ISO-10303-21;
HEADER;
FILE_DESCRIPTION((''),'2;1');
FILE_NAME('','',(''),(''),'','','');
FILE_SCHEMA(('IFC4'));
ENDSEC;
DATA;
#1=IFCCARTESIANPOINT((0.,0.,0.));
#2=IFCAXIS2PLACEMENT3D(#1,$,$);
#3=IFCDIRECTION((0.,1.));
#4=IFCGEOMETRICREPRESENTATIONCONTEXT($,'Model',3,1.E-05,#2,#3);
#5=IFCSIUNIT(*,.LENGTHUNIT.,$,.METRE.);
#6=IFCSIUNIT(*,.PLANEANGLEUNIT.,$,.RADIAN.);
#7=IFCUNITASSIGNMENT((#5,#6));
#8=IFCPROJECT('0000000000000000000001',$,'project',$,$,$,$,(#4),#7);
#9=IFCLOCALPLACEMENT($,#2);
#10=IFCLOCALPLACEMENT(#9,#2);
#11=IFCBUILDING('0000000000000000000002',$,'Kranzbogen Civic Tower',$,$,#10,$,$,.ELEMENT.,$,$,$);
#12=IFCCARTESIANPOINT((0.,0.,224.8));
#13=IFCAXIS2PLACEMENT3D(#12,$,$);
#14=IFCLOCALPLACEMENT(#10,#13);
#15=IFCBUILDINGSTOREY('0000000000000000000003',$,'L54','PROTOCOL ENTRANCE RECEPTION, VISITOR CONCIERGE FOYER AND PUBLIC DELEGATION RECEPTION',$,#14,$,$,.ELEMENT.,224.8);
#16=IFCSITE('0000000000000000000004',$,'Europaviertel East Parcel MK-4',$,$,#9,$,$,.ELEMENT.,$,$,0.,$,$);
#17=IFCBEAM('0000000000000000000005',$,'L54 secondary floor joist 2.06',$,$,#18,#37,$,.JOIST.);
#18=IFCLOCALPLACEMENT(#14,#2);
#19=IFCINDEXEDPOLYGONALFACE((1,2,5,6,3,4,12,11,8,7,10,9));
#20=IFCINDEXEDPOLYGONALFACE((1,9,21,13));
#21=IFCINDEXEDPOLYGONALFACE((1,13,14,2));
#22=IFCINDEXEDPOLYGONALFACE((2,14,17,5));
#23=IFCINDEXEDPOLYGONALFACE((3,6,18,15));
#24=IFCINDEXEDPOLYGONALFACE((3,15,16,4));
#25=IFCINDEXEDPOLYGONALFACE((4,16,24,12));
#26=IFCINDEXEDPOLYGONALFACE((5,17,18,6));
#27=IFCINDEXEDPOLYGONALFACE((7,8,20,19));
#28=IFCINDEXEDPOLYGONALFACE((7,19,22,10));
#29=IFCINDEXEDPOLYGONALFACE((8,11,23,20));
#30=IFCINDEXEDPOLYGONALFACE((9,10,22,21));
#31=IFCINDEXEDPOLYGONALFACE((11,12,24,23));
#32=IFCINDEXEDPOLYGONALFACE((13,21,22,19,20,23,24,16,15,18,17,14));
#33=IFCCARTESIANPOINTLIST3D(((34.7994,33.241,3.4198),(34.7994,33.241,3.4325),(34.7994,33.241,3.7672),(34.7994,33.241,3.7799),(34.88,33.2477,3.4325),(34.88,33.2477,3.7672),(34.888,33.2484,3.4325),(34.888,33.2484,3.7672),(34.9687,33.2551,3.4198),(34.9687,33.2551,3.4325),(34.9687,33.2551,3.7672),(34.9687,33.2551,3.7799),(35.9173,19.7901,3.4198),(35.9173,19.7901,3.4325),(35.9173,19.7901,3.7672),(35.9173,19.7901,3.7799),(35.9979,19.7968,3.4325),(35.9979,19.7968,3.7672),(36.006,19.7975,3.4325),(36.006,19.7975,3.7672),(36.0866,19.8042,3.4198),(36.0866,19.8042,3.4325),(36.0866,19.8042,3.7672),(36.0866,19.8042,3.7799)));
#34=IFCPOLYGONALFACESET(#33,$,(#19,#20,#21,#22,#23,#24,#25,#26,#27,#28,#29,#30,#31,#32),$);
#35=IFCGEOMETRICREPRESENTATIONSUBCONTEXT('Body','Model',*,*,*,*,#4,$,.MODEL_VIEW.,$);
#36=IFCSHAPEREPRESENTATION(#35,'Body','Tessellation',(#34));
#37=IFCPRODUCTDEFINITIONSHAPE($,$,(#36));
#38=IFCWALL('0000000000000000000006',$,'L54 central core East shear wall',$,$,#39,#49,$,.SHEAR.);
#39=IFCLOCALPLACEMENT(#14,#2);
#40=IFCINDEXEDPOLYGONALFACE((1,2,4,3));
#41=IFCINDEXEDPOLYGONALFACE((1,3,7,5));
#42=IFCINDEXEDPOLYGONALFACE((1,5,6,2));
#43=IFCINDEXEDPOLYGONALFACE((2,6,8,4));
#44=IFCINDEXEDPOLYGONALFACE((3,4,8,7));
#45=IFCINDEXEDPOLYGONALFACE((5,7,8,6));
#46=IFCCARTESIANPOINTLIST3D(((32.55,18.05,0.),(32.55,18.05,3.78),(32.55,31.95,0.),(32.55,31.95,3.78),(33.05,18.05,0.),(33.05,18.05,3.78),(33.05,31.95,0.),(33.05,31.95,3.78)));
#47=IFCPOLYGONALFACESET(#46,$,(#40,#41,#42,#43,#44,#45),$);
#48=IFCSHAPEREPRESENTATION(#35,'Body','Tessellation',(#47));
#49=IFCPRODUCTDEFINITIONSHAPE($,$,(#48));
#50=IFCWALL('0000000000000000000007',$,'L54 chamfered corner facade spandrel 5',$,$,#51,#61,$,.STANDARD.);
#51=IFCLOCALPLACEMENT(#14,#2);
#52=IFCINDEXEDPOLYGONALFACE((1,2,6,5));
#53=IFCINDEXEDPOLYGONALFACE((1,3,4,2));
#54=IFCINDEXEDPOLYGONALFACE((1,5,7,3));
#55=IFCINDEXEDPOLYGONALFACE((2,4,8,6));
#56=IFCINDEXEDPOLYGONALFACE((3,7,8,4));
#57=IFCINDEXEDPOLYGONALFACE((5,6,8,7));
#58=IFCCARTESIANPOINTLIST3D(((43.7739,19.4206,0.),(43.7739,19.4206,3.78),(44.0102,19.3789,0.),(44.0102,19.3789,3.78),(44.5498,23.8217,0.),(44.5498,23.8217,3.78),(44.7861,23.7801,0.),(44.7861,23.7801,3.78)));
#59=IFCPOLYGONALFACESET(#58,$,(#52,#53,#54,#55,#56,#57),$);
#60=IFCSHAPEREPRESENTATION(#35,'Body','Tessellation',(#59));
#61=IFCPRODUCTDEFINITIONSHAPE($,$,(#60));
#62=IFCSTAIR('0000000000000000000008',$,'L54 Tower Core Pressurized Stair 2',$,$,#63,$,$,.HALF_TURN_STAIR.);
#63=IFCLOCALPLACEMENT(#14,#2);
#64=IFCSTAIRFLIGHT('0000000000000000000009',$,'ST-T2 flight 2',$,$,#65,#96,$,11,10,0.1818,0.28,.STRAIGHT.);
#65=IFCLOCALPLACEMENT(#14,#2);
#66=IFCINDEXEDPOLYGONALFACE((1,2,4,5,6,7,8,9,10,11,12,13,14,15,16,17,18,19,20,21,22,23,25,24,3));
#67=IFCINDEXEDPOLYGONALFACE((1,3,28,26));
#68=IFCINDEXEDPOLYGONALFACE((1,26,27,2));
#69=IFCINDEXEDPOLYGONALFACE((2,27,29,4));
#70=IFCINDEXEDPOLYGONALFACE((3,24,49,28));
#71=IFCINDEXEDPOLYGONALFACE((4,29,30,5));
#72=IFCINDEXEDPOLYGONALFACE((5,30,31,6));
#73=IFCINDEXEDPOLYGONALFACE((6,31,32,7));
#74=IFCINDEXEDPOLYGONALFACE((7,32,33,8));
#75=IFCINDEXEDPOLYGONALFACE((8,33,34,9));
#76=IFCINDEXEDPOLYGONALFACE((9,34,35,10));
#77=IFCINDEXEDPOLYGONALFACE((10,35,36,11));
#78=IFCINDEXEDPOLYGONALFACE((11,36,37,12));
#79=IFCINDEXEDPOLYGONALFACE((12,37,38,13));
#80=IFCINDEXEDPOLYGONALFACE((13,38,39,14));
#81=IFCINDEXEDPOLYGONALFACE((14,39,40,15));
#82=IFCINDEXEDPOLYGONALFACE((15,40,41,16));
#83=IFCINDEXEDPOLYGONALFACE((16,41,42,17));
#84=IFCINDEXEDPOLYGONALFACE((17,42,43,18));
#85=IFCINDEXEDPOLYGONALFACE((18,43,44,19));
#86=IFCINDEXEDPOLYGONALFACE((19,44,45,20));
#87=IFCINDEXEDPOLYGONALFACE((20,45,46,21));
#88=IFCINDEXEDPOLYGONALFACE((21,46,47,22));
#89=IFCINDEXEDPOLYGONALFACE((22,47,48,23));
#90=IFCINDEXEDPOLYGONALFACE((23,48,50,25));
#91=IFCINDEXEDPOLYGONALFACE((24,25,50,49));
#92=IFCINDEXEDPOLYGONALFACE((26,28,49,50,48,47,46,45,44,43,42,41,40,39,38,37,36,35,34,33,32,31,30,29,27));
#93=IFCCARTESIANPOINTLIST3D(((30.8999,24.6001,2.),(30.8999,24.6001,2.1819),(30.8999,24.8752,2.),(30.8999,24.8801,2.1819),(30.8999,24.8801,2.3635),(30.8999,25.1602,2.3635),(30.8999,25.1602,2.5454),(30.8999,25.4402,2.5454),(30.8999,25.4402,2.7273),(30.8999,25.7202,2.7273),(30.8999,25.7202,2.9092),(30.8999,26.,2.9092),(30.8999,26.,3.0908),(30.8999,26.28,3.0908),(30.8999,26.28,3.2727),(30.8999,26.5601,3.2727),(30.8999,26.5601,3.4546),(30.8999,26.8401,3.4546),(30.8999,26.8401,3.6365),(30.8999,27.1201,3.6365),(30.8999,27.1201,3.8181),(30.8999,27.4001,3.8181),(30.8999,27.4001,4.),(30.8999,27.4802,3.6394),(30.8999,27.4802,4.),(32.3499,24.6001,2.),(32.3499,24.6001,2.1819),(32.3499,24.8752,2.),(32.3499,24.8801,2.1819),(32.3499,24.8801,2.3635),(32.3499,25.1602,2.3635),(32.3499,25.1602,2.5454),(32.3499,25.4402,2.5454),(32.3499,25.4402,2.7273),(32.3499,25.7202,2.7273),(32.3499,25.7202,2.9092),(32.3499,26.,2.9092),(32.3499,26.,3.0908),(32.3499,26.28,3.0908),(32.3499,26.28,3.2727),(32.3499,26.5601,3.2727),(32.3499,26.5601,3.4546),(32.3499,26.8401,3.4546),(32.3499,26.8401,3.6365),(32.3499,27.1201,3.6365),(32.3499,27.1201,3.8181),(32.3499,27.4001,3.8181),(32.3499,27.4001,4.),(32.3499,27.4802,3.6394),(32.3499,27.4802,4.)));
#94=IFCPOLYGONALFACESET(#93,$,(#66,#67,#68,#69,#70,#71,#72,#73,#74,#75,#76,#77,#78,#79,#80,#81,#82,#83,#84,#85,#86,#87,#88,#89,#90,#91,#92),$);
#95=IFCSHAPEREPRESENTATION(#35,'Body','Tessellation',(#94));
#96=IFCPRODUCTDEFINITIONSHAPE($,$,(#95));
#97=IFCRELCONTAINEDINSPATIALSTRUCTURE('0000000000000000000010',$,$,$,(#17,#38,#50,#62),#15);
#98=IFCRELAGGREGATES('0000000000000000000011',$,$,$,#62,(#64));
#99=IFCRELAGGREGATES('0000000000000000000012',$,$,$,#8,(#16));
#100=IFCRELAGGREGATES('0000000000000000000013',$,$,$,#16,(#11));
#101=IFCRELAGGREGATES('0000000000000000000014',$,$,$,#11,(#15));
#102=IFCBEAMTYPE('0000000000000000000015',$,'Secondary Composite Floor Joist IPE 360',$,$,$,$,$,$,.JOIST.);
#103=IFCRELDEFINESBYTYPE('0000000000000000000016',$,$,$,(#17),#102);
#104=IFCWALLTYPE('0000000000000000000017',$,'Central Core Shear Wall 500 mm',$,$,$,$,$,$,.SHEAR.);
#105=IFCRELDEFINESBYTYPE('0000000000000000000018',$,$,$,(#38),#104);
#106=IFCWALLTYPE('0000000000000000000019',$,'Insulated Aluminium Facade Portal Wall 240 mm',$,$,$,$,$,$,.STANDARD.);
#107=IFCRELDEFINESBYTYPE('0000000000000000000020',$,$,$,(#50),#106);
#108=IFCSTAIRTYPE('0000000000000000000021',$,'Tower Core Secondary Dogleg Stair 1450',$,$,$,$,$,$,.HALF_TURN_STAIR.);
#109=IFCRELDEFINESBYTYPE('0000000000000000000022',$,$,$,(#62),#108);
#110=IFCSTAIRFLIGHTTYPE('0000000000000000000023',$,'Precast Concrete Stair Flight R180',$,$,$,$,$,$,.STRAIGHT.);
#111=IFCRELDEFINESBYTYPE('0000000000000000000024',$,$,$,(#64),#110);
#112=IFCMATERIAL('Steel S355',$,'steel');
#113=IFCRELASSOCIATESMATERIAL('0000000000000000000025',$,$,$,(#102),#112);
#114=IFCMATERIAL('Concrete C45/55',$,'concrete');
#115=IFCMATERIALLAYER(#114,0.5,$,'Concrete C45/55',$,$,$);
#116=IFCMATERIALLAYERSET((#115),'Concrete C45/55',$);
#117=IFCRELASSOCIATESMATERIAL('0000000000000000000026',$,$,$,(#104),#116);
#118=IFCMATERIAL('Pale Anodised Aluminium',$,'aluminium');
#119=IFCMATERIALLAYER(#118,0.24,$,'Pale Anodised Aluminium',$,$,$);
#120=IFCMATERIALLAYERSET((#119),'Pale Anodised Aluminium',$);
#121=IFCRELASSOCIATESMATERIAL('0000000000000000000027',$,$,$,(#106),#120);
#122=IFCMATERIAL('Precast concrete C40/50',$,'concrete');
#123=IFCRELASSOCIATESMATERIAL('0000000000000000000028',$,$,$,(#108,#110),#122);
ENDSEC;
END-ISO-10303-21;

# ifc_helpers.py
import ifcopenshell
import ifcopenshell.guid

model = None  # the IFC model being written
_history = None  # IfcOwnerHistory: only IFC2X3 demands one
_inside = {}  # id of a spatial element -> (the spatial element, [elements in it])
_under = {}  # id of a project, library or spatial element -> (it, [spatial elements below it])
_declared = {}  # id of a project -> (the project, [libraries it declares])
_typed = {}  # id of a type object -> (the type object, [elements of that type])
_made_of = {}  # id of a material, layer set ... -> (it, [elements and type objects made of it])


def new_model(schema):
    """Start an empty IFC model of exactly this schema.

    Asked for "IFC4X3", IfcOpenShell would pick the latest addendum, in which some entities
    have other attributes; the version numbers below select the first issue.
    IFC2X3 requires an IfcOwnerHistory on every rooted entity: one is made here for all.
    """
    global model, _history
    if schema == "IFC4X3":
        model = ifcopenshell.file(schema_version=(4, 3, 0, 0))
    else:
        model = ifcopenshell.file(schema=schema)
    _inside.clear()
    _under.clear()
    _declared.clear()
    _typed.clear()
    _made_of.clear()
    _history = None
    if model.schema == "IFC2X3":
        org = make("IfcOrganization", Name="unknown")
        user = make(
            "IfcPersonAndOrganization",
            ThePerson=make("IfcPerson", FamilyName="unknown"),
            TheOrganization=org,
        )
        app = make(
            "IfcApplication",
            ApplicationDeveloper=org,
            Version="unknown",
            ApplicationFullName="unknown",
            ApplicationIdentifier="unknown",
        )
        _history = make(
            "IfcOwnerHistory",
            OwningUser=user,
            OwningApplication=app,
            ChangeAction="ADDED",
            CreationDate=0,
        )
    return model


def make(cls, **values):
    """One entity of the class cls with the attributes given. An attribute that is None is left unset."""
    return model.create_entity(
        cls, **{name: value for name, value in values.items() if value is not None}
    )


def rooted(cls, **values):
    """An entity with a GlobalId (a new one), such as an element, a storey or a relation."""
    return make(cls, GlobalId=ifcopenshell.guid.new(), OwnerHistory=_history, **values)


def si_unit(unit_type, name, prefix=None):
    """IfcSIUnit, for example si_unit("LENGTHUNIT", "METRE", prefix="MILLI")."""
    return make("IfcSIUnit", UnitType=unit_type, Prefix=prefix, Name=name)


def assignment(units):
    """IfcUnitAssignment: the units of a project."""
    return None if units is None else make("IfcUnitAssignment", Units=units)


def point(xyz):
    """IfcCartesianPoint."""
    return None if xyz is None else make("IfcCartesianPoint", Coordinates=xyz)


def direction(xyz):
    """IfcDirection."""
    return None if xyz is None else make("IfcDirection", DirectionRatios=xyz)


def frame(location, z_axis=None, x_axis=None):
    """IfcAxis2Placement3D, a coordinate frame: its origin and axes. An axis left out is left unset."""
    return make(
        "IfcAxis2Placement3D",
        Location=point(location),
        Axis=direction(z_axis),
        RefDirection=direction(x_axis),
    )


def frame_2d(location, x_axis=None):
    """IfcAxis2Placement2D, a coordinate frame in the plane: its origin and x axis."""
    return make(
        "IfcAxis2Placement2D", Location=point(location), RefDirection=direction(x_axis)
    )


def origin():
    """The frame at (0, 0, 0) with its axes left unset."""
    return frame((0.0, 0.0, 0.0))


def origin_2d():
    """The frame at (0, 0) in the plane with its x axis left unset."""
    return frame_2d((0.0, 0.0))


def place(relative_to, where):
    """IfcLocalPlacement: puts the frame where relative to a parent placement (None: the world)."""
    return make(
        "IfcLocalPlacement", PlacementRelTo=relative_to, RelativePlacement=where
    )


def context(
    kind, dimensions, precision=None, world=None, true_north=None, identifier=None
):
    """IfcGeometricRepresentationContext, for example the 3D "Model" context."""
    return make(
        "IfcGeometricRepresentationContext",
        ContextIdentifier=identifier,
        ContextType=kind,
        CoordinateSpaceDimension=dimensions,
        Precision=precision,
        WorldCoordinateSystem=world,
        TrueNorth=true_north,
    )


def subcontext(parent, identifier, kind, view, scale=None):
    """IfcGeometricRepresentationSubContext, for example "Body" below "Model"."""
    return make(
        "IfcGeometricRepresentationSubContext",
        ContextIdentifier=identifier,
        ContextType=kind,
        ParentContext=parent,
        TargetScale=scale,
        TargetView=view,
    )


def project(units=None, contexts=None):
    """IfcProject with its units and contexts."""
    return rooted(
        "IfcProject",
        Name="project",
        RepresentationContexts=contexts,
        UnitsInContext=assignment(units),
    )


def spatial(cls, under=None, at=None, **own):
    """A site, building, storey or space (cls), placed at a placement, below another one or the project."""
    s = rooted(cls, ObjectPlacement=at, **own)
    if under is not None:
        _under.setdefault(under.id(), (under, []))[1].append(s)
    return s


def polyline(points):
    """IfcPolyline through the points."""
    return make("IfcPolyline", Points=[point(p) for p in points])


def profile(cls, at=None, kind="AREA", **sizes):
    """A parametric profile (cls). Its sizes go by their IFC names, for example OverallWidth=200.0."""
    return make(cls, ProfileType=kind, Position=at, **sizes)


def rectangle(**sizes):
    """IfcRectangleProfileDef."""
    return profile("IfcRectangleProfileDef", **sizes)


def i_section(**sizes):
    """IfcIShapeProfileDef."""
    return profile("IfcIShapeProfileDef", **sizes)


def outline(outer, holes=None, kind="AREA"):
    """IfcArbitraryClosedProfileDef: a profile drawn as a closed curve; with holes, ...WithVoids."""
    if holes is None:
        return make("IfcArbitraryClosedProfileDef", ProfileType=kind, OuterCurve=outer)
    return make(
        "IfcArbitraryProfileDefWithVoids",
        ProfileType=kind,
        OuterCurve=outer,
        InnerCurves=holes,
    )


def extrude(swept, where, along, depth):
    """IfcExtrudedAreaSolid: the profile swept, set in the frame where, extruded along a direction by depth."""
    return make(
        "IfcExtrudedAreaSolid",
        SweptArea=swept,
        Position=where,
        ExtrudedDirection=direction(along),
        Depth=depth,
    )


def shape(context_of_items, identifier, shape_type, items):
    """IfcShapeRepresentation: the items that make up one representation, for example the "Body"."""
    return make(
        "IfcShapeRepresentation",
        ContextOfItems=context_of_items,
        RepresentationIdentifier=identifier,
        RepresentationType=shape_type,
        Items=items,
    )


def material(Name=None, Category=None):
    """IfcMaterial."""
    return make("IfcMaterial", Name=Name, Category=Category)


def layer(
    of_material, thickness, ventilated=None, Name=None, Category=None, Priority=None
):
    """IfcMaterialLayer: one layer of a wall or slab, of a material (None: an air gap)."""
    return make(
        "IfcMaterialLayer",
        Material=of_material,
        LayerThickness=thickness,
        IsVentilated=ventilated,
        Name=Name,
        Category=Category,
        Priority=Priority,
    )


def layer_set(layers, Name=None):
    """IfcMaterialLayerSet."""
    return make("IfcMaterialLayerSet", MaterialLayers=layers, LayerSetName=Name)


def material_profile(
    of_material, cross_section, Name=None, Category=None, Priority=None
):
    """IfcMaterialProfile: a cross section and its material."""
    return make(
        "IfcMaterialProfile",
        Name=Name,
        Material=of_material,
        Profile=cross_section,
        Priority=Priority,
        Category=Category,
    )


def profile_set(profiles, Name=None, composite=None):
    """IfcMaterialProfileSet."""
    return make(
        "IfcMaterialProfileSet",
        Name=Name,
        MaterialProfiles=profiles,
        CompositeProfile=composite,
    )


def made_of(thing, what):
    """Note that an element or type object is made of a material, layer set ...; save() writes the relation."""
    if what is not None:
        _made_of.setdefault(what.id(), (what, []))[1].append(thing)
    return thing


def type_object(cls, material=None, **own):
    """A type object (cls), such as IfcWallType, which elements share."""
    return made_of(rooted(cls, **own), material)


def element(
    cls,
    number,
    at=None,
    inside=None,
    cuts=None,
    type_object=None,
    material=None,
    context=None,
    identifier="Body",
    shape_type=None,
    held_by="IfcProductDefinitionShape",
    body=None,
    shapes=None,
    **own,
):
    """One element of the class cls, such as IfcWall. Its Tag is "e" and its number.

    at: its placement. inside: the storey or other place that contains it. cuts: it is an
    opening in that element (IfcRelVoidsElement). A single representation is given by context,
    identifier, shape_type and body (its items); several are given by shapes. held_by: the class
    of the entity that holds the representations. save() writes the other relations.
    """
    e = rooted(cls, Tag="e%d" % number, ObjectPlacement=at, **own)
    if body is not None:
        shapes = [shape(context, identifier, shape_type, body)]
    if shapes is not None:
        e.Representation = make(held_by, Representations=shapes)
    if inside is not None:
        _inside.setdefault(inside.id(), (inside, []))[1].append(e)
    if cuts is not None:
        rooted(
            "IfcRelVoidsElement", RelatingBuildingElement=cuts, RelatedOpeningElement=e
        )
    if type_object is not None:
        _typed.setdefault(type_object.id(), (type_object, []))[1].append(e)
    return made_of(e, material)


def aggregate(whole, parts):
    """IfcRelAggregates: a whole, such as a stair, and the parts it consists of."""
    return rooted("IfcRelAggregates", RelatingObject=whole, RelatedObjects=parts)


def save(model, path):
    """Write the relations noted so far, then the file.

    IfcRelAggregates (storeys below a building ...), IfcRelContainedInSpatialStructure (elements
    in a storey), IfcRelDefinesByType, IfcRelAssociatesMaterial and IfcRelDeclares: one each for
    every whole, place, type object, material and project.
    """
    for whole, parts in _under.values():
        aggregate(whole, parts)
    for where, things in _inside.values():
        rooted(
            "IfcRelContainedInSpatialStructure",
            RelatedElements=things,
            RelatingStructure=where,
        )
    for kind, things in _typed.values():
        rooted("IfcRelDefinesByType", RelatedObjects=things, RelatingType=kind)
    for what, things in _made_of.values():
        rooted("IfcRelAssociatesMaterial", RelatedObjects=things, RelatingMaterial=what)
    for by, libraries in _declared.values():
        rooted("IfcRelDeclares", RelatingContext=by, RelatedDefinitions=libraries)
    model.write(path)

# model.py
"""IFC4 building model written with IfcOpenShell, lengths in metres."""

from ifc_helpers import new_model, si_unit, direction, frame, frame_2d, origin, origin_2d, place, context, subcontext, project, spatial, polyline, rectangle, i_section, outline, extrude, material, layer, layer_set, material_profile, profile_set, type_object, element, aggregate, save


model = new_model("IFC4")

# Units and contexts
model_context = context("Model", 3, precision=1e-05, world=origin(), true_north=direction((0.0, 1.0)))
body_context = subcontext(model_context, "Body", "Model", "MODEL_VIEW")
ifc_project = project(units=[si_unit("LENGTHUNIT", "METRE"), si_unit("PLANEANGLEUNIT", "RADIAN")], contexts=[model_context])

# Site, building, storey
site_placement = place(None, origin())
site = spatial("IfcSite", under=ifc_project, at=site_placement, Name="Europaviertel East Parcel MK-4", CompositionType="ELEMENT", RefElevation=0.0)
building_placement = place(site_placement, origin())
building = spatial("IfcBuilding", under=site, at=building_placement, Name="Kranzbogen Civic Tower", CompositionType="ELEMENT")
storey_placement = place(building_placement, frame((0.0, 0.0, 224.8)))
storey = spatial("IfcBuildingStorey", under=building, at=storey_placement, Name="L54", Description="PROTOCOL ENTRANCE RECEPTION, VISITOR CONCIERGE FOYER AND PUBLIC DELEGATION RECEPTION", CompositionType="ELEMENT", Elevation=224.8)

# Shared definitions
ifc_material_1 = material(Name="Steel S355", Category="steel")

# Shared definitions
ifc_material_2 = material(Name="Pale Anodised Aluminium", Category="aluminium")

# Beam
ifc_material_profile_1 = material_profile(ifc_material_1, i_section(OverallWidth=0.1699, OverallDepth=0.3601, WebThickness=0.0081, FlangeThickness=0.0127, at=origin_2d()), Name="IPE 360")
ifc_profile_set_1 = profile_set([ifc_material_profile_1], Name="Steel S355")
beam_type_1 = type_object("IfcBeamType", Name="Secondary Composite Floor Joist IPE 360", PredefinedType="JOIST", material=ifc_profile_set_1)
beam_1_placement = place(storey_placement, frame((36.002, 19.7971, 3.5999), z_axis=(-0.082825, 0.996564, 0.0), x_axis=(-0.996564, -0.082825, 0.0)))
element("IfcBeam", 1, at=beam_1_placement, inside=storey, type_object=beam_type_1, Name="L54 secondary floor joist 2.06", PredefinedType="JOIST", context=body_context, shape_type="SweptSolid", body=[
    extrude(i_section(OverallWidth=0.1699, OverallDepth=0.3601, WebThickness=0.0081, FlangeThickness=0.0127, at=origin_2d()), origin(), (0.0, 0.0, 1.0), 13.4973),
])

# Walls
ifc_material_3 = material(Name="Concrete C45/55", Category="concrete")
ifc_layer_1 = layer(ifc_material_3, 0.5, Name="Concrete C45/55")
ifc_layer_set_1 = layer_set([ifc_layer_1], Name="Concrete C45/55")
wall_type_1 = type_object("IfcWallType", Name="Central Core Shear Wall 500 mm", PredefinedType="SHEAR", material=ifc_layer_set_1)
wall_1_placement = place(storey_placement, frame((32.8, 18.05, 0.0), z_axis=(0.0, 0.0, 1.0), x_axis=(0.0, 1.0, 0.0)))
element("IfcWall", 2, at=wall_1_placement, inside=storey, type_object=wall_type_1, Name="L54 central core East shear wall", PredefinedType="SHEAR", context=body_context, shape_type="SweptSolid", body=[
    extrude(rectangle(XDim=13.8999, YDim=0.5, at=frame_2d((6.95, 0.0))), origin(), (0.0, 0.0, 1.0), 3.78),
])
ifc_layer_2 = layer(ifc_material_2, 0.24, Name="Pale Anodised Aluminium")
ifc_layer_set_2 = layer_set([ifc_layer_2], Name="Pale Anodised Aluminium")
wall_type_2 = type_object("IfcWallType", Name="Insulated Aluminium Facade Portal Wall 240 mm", PredefinedType="STANDARD", material=ifc_layer_set_2)
wall_2_placement = place(storey_placement, frame((43.8921, 19.3999, 0.0), z_axis=(0.0, 0.0, 1.0), x_axis=(0.173614, 0.984814, 0.0)))
element("IfcWall", 3, at=wall_2_placement, inside=storey, type_object=wall_type_2, Name="L54 chamfered corner facade spandrel 5", PredefinedType="STANDARD", context=body_context, shape_type="SweptSolid", body=[
    extrude(rectangle(XDim=4.469, YDim=0.24, at=frame_2d((2.2344, 0.0))), origin(), (0.0, 0.0, 1.0), 3.78),
])

# Stair, stair flight
ifc_material_4 = material(Name="Precast concrete C40/50", Category="concrete")
stair_type = type_object("IfcStairType", Name="Tower Core Secondary Dogleg Stair 1450", PredefinedType="HALF_TURN_STAIR", material=ifc_material_4)
stair_placement = place(storey_placement, origin())
stair = element("IfcStair", 4, at=stair_placement, inside=storey, type_object=stair_type, Name="L54 Tower Core Pressurized Stair 2", PredefinedType="HALF_TURN_STAIR")
stair_flight_type = type_object("IfcStairFlightType", Name="Precast Concrete Stair Flight R180", PredefinedType="STRAIGHT", material=ifc_material_4)
stair_flight_placement = place(storey_placement, frame((31.625, 24.6001, 2.0), z_axis=(0.0, 0.0, 1.0), x_axis=(0.0, 1.0, 0.0)))
stair_flight = element("IfcStairFlight", 5, at=stair_flight_placement, type_object=stair_flight_type, Name="ST-T2 flight 2", NumberOfRisers=11, NumberOfTreads=10, PredefinedType="STRAIGHT", RiserHeight=0.1818, TreadLength=0.28, context=body_context, shape_type="SweptSolid", body=[
    extrude(outline(polyline([(0.0, 0.0), (0.0, 0.1819), (0.28, 0.1819), (0.28, 0.3635), (0.5601, 0.3635), (0.5601, 0.5454), (0.8401, 0.5454), (0.8401, 0.7273), (1.1201, 0.7273), (1.1201, 0.9092), (1.3999, 0.9092), (1.3999, 1.0908), (1.6799, 1.0908), (1.6799, 1.2727), (1.96, 1.2727), (1.96, 1.4546), (2.24, 1.4546), (2.24, 1.6365), (2.52, 1.6365), (2.52, 1.8181), (2.8, 1.8181), (2.8, 2.0), (2.8801, 2.0), (2.8801, 1.6394), (0.2751, 0.0), (0.0, 0.0)])), frame((0.0, 0.7251, 0.0), z_axis=(0.0, -1.0, 0.0), x_axis=(1.0, 0.0, 0.0)), (0.0, 0.0, 1.0), 1.45),
])
aggregate(stair, [stair_flight])

save(model, "model.ifc")
